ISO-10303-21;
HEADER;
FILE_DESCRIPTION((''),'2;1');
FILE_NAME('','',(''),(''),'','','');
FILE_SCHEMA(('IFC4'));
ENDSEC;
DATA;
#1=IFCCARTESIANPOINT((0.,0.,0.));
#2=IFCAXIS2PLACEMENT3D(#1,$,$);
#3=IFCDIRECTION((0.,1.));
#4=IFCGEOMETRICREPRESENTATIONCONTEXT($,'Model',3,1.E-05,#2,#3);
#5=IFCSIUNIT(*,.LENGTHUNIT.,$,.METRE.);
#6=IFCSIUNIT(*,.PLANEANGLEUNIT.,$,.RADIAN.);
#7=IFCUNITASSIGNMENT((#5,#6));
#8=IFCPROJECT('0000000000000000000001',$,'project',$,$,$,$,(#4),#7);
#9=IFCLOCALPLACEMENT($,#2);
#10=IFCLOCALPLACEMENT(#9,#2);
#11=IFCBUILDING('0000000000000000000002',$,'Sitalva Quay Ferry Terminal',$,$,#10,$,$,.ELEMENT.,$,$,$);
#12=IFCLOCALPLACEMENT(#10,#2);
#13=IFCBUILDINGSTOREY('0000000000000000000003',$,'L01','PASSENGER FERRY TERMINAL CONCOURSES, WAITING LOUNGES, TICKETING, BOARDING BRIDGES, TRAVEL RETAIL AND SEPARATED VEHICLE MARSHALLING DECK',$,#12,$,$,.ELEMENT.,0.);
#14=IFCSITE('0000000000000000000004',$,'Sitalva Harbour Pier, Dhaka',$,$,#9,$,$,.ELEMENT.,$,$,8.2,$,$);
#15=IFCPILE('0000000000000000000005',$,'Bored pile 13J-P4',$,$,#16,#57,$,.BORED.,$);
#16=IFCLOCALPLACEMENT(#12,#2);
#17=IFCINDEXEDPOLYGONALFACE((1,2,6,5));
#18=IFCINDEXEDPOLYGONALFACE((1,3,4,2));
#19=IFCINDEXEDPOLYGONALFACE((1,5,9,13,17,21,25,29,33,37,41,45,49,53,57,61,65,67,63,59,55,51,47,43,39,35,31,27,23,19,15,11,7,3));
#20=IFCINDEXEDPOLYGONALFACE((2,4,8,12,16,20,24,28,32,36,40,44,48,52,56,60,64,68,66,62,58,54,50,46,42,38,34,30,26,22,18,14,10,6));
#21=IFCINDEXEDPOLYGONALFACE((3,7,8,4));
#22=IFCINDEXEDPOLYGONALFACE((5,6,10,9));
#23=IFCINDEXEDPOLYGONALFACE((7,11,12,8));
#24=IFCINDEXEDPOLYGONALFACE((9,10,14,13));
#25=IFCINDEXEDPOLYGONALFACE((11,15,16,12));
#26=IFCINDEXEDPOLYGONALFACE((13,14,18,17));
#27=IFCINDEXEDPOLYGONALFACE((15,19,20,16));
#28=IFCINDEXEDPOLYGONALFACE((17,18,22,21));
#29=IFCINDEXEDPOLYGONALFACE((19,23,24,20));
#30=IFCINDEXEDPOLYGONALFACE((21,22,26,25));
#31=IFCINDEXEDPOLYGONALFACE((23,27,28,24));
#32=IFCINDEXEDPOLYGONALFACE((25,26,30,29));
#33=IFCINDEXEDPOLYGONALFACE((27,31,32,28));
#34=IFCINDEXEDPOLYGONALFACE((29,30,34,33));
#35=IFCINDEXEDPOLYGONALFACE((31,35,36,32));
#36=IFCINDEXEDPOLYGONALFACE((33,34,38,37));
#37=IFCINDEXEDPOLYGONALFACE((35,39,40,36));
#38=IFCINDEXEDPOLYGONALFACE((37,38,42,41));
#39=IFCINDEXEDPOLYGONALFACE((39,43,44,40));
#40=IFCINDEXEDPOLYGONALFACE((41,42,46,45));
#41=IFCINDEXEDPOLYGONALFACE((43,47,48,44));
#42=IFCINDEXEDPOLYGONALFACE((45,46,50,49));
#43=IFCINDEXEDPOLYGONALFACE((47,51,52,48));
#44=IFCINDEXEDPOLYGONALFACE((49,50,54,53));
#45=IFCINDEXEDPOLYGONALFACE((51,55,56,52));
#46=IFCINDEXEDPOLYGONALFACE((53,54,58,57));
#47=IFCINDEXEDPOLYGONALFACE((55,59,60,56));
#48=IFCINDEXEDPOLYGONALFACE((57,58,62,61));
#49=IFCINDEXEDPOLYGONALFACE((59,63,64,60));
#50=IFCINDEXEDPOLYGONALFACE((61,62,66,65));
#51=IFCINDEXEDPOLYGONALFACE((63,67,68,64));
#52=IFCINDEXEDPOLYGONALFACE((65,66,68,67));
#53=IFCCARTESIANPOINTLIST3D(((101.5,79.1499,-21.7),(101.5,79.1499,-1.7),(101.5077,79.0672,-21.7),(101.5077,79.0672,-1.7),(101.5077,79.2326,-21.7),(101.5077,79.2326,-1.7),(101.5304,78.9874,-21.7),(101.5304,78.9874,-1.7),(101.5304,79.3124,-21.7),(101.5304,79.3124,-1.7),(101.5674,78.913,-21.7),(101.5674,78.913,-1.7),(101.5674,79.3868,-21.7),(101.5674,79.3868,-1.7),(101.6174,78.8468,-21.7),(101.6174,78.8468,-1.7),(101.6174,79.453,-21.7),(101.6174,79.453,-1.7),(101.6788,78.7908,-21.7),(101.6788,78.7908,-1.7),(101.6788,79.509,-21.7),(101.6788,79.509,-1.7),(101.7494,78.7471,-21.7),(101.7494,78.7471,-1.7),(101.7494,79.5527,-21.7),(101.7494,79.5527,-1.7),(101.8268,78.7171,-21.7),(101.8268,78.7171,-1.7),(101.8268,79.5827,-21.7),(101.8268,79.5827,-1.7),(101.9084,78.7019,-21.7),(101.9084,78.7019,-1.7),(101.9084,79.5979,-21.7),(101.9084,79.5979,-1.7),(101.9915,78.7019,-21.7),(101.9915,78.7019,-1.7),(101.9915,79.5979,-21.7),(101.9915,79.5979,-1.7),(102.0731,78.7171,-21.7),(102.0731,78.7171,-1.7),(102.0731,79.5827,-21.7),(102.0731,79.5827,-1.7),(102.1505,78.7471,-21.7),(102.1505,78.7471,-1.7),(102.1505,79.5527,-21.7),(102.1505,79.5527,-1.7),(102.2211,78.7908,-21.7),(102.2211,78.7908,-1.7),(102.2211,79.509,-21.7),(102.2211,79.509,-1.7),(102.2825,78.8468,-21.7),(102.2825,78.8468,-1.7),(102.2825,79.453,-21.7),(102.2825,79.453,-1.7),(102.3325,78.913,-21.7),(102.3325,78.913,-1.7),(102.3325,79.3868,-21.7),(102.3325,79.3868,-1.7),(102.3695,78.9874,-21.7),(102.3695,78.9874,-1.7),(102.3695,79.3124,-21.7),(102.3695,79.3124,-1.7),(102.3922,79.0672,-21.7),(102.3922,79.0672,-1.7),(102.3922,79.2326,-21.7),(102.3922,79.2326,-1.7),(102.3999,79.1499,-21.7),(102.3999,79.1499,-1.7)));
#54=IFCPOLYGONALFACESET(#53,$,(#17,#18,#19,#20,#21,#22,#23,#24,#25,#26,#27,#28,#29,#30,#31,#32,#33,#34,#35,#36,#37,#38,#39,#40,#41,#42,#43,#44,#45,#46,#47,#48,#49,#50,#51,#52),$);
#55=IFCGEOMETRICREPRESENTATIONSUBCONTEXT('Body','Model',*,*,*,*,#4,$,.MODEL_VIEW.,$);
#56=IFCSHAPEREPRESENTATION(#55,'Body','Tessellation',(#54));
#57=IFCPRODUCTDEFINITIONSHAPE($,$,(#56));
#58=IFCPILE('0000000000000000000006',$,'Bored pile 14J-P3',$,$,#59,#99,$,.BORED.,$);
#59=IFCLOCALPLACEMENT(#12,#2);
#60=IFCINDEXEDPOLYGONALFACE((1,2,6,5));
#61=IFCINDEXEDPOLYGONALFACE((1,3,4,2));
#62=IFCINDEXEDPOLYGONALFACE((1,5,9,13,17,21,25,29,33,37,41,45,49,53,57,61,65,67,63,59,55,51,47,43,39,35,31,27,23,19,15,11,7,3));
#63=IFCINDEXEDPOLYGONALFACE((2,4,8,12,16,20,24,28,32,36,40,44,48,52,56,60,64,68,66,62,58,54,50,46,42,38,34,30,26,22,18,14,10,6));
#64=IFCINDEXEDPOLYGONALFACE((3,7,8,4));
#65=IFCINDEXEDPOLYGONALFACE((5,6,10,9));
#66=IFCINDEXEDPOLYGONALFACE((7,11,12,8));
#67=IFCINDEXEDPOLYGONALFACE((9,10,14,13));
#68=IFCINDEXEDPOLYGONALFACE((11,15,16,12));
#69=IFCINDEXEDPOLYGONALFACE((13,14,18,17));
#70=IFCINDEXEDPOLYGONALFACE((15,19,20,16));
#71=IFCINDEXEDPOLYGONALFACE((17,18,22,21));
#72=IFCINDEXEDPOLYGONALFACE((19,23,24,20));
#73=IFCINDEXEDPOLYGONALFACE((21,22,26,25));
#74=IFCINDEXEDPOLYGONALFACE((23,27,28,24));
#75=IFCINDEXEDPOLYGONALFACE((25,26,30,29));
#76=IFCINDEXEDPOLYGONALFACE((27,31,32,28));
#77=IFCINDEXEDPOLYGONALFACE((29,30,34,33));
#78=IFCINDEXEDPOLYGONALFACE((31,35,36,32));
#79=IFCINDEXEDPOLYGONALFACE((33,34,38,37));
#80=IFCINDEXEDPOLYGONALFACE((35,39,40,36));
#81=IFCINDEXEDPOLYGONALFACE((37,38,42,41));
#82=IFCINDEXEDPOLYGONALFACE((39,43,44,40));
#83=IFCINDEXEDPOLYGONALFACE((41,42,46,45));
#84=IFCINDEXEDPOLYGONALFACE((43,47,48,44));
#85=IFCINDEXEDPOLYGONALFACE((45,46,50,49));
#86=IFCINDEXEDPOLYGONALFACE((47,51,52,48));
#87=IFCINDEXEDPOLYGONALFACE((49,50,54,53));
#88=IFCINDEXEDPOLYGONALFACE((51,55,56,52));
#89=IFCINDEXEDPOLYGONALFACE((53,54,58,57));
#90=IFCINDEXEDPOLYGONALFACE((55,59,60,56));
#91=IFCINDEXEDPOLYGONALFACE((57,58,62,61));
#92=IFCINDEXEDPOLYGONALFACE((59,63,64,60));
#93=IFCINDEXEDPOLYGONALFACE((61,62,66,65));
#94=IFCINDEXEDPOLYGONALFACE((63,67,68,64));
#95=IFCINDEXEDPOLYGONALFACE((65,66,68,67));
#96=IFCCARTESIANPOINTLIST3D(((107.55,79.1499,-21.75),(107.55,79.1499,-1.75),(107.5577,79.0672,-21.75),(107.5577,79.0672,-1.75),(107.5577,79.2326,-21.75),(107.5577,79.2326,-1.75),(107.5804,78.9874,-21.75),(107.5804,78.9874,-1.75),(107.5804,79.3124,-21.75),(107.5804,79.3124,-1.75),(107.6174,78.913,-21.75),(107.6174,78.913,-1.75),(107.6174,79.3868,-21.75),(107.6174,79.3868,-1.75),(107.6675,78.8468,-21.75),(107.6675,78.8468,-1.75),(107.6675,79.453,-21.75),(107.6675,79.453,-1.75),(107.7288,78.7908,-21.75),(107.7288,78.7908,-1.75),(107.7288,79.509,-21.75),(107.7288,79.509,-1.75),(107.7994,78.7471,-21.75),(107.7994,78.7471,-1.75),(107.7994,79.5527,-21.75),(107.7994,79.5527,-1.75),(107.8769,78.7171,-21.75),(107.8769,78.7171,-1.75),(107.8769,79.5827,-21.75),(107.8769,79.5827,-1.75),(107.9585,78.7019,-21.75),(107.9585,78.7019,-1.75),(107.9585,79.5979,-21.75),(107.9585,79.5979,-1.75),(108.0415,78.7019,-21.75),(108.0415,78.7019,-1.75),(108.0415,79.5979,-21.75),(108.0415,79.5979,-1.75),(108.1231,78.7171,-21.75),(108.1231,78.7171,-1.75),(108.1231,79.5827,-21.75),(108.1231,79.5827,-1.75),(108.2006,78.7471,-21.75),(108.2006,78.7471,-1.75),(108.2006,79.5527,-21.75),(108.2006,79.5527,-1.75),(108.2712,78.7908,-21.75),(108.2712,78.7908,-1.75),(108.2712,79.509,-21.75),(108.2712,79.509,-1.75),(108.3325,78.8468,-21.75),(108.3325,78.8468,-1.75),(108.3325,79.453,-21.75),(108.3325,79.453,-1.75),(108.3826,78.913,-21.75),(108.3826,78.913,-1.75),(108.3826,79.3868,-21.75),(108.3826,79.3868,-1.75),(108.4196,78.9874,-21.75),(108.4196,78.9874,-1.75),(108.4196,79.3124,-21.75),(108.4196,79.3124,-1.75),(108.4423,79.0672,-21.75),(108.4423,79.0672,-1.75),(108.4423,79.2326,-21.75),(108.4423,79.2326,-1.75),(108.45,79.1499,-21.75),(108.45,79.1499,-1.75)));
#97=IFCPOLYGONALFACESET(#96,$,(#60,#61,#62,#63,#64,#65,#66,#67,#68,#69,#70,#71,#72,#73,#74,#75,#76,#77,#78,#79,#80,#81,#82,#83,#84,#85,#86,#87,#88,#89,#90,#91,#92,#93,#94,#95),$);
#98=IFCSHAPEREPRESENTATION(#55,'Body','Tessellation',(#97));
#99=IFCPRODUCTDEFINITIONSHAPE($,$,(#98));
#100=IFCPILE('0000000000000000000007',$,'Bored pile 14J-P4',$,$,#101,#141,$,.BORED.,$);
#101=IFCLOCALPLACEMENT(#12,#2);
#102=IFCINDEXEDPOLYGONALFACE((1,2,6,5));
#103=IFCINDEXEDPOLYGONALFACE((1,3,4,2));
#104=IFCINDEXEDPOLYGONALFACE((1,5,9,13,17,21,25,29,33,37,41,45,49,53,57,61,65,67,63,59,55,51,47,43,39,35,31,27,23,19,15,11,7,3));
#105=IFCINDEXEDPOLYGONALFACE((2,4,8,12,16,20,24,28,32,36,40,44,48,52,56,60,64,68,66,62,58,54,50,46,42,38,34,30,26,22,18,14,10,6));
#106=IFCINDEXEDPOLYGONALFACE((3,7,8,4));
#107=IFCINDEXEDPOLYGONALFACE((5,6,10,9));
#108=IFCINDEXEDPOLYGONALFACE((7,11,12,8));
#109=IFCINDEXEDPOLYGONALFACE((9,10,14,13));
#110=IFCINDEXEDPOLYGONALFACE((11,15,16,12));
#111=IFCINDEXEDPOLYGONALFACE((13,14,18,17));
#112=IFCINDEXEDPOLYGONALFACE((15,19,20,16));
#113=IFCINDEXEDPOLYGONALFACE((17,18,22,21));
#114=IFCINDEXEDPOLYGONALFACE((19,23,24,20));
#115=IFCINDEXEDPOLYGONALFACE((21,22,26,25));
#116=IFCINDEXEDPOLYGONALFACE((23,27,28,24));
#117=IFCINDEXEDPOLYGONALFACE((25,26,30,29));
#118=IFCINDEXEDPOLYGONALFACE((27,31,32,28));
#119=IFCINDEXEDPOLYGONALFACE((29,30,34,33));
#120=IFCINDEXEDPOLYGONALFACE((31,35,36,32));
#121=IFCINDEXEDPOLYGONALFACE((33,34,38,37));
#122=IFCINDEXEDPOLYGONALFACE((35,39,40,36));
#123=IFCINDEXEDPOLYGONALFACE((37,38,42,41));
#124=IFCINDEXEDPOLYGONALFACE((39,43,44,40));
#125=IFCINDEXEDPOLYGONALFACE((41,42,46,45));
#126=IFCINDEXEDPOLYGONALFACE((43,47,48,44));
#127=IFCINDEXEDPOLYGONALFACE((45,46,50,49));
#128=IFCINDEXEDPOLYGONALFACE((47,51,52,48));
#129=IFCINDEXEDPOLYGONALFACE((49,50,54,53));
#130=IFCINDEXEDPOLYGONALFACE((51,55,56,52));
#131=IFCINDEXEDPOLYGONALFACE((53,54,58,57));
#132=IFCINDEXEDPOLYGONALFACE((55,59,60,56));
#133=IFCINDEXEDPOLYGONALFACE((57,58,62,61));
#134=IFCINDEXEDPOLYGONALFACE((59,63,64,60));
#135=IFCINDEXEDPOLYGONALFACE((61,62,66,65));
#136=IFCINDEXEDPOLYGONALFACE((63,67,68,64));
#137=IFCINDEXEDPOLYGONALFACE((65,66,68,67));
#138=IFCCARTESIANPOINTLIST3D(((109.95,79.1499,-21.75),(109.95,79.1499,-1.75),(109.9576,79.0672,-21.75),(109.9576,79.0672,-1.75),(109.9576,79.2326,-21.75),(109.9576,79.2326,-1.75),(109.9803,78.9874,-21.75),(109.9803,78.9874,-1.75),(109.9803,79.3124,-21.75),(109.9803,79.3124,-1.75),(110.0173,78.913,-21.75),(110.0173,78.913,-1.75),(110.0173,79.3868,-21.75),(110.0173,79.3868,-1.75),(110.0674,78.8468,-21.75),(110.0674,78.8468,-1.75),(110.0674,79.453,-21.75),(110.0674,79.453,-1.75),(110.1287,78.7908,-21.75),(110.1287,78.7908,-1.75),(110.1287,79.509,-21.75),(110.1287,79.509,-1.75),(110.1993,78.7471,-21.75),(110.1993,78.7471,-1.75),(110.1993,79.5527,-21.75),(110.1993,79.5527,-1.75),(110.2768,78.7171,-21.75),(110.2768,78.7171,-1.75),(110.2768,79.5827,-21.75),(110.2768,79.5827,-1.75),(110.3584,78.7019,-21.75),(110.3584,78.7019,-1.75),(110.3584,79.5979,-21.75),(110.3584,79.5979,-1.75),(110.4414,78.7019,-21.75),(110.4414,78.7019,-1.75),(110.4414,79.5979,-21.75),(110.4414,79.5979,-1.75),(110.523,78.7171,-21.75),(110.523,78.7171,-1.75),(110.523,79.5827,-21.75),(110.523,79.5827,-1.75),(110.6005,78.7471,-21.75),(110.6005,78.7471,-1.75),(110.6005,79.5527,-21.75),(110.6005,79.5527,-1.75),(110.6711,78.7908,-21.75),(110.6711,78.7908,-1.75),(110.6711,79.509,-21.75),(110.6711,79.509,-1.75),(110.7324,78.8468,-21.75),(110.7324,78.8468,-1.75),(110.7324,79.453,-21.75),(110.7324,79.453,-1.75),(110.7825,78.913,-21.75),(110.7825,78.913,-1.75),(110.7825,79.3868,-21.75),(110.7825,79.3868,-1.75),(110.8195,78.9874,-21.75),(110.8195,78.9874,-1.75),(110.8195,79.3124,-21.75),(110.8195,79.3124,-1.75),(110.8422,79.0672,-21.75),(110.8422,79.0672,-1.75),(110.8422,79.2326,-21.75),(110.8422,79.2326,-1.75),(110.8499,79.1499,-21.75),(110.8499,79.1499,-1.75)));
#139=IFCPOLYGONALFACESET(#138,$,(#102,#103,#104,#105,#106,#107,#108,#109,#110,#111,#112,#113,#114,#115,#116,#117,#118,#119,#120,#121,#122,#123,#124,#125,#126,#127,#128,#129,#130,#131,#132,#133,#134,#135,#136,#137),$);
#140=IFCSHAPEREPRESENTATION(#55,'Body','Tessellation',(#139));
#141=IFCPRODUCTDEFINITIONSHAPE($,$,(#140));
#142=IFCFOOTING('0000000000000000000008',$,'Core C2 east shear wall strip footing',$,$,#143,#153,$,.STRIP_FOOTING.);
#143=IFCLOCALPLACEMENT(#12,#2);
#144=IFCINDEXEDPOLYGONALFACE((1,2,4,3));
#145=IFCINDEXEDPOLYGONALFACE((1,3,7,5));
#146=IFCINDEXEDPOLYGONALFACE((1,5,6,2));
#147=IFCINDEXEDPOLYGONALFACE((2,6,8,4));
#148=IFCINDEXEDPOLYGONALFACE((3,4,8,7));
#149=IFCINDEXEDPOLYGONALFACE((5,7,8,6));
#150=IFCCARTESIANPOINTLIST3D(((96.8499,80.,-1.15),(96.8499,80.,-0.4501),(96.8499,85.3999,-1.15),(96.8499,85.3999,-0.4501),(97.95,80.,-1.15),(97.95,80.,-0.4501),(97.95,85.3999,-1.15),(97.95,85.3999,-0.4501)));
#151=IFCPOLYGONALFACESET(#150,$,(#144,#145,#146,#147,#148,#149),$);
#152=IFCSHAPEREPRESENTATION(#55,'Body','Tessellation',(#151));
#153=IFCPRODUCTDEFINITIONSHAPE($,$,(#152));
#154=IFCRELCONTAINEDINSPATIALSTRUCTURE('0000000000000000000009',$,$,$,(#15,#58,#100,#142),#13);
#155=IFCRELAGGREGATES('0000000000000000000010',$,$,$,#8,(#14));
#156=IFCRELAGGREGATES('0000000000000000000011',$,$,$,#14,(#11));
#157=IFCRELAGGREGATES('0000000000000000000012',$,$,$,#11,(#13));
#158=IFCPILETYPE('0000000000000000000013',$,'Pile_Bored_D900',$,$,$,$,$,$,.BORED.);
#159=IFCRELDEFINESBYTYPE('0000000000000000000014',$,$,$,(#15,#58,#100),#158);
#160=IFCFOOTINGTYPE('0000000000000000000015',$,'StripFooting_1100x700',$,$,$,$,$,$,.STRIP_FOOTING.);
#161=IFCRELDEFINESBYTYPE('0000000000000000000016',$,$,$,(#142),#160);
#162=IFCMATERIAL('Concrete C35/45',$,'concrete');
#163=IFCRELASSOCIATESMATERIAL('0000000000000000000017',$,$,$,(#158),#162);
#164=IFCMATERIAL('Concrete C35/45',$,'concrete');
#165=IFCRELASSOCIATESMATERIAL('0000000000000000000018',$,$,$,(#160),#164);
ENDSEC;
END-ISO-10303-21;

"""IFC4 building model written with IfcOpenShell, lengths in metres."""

from ifc_helpers import new_model, si_unit, direction, frame, origin, origin_2d, place, context, subcontext, project, spatial, rectangle, circle, extrude, material, material_profile, profile_set, type_object, element, save


model = new_model("IFC4")

# Units and contexts
model_context = context("Model", 3, precision=1e-05, world=origin(), true_north=direction((0.0, 1.0)))
body_context = subcontext(model_context, "Body", "Model", "MODEL_VIEW")
ifc_project = project(units=[si_unit("LENGTHUNIT", "METRE"), si_unit("PLANEANGLEUNIT", "RADIAN")], contexts=[model_context])

# Site, building, storey
site_placement = place(None, origin())
site = spatial("IfcSite", under=ifc_project, at=site_placement, Name="Sitalva Harbour Pier, Dhaka", CompositionType="ELEMENT", RefElevation=8.2)
building_placement = place(site_placement, origin())
building = spatial("IfcBuilding", under=site, at=building_placement, Name="Sitalva Quay Ferry Terminal", CompositionType="ELEMENT")
storey_placement = place(building_placement, origin())
storey = spatial("IfcBuildingStorey", under=building, at=storey_placement, Name="L01", Description="PASSENGER FERRY TERMINAL CONCOURSES, WAITING LOUNGES, TICKETING, BOARDING BRIDGES, TRAVEL RETAIL AND SEPARATED VEHICLE MARSHALLING DECK", CompositionType="ELEMENT", Elevation=0.0)

# Piles
ifc_material_1 = material(Name="Concrete C35/45", Category="concrete")
ifc_material_profile_1 = material_profile(ifc_material_1, circle(Radius=0.45, at=origin_2d()), Name="PILE-D900")
ifc_profile_set_1 = profile_set([ifc_material_profile_1], Name="Concrete C35/45")
pile_type_1 = type_object("IfcPileType", Name="Pile_Bored_D900", PredefinedType="BORED", material=ifc_profile_set_1)
for number, where, z_axis, x_axis, name in (
    (1, (101.95, 79.1499, -1.7), (0.0, 0.0, -1.0), (1.0, 0.0, 0.0), "Bored pile 13J-P4"),
    (2, (108.0, 79.1499, -1.75), (0.0, 0.0, -1.0), (1.0, 0.0, 0.0), "Bored pile 14J-P3"),
    (3, (110.3999, 79.1499, -1.75), (0.0, 0.0, -1.0), (1.0, 0.0, 0.0), "Bored pile 14J-P4"),
):
    element("IfcPile", number, at=place(storey_placement, frame(where, z_axis=z_axis, x_axis=x_axis)), inside=storey, type_object=pile_type_1, Name=name, PredefinedType="BORED", context=body_context, shape_type="SweptSolid", body=[
        extrude(circle(Radius=0.45, at=origin_2d()), origin(), (0.0, 0.0, 1.0), 20.0),
    ])

# Footing
ifc_material_2 = material(Name="Concrete C35/45", Category="concrete")
ifc_material_profile_2 = material_profile(ifc_material_2, rectangle(XDim=1.1001, YDim=0.7, at=origin_2d()), Name="RC1100x700")
ifc_profile_set_2 = profile_set([ifc_material_profile_2], Name="Concrete C35/45")
footing_type_1 = type_object("IfcFootingType", Name="StripFooting_1100x700", PredefinedType="STRIP_FOOTING", material=ifc_profile_set_2)
footing_1_placement = place(storey_placement, frame((97.3999, 80.0, -0.8), z_axis=(0.0, 1.0, 0.0), x_axis=(-1.0, 0.0, 0.0)))
element("IfcFooting", 4, at=footing_1_placement, inside=storey, type_object=footing_type_1, Name="Core C2 east shear wall strip footing", PredefinedType="STRIP_FOOTING", context=body_context, shape_type="SweptSolid", body=[
    extrude(rectangle(XDim=1.1001, YDim=0.7, at=origin_2d()), origin(), (0.0, 0.0, 1.0), 5.3999),
])

save(model, "model.ifc")
